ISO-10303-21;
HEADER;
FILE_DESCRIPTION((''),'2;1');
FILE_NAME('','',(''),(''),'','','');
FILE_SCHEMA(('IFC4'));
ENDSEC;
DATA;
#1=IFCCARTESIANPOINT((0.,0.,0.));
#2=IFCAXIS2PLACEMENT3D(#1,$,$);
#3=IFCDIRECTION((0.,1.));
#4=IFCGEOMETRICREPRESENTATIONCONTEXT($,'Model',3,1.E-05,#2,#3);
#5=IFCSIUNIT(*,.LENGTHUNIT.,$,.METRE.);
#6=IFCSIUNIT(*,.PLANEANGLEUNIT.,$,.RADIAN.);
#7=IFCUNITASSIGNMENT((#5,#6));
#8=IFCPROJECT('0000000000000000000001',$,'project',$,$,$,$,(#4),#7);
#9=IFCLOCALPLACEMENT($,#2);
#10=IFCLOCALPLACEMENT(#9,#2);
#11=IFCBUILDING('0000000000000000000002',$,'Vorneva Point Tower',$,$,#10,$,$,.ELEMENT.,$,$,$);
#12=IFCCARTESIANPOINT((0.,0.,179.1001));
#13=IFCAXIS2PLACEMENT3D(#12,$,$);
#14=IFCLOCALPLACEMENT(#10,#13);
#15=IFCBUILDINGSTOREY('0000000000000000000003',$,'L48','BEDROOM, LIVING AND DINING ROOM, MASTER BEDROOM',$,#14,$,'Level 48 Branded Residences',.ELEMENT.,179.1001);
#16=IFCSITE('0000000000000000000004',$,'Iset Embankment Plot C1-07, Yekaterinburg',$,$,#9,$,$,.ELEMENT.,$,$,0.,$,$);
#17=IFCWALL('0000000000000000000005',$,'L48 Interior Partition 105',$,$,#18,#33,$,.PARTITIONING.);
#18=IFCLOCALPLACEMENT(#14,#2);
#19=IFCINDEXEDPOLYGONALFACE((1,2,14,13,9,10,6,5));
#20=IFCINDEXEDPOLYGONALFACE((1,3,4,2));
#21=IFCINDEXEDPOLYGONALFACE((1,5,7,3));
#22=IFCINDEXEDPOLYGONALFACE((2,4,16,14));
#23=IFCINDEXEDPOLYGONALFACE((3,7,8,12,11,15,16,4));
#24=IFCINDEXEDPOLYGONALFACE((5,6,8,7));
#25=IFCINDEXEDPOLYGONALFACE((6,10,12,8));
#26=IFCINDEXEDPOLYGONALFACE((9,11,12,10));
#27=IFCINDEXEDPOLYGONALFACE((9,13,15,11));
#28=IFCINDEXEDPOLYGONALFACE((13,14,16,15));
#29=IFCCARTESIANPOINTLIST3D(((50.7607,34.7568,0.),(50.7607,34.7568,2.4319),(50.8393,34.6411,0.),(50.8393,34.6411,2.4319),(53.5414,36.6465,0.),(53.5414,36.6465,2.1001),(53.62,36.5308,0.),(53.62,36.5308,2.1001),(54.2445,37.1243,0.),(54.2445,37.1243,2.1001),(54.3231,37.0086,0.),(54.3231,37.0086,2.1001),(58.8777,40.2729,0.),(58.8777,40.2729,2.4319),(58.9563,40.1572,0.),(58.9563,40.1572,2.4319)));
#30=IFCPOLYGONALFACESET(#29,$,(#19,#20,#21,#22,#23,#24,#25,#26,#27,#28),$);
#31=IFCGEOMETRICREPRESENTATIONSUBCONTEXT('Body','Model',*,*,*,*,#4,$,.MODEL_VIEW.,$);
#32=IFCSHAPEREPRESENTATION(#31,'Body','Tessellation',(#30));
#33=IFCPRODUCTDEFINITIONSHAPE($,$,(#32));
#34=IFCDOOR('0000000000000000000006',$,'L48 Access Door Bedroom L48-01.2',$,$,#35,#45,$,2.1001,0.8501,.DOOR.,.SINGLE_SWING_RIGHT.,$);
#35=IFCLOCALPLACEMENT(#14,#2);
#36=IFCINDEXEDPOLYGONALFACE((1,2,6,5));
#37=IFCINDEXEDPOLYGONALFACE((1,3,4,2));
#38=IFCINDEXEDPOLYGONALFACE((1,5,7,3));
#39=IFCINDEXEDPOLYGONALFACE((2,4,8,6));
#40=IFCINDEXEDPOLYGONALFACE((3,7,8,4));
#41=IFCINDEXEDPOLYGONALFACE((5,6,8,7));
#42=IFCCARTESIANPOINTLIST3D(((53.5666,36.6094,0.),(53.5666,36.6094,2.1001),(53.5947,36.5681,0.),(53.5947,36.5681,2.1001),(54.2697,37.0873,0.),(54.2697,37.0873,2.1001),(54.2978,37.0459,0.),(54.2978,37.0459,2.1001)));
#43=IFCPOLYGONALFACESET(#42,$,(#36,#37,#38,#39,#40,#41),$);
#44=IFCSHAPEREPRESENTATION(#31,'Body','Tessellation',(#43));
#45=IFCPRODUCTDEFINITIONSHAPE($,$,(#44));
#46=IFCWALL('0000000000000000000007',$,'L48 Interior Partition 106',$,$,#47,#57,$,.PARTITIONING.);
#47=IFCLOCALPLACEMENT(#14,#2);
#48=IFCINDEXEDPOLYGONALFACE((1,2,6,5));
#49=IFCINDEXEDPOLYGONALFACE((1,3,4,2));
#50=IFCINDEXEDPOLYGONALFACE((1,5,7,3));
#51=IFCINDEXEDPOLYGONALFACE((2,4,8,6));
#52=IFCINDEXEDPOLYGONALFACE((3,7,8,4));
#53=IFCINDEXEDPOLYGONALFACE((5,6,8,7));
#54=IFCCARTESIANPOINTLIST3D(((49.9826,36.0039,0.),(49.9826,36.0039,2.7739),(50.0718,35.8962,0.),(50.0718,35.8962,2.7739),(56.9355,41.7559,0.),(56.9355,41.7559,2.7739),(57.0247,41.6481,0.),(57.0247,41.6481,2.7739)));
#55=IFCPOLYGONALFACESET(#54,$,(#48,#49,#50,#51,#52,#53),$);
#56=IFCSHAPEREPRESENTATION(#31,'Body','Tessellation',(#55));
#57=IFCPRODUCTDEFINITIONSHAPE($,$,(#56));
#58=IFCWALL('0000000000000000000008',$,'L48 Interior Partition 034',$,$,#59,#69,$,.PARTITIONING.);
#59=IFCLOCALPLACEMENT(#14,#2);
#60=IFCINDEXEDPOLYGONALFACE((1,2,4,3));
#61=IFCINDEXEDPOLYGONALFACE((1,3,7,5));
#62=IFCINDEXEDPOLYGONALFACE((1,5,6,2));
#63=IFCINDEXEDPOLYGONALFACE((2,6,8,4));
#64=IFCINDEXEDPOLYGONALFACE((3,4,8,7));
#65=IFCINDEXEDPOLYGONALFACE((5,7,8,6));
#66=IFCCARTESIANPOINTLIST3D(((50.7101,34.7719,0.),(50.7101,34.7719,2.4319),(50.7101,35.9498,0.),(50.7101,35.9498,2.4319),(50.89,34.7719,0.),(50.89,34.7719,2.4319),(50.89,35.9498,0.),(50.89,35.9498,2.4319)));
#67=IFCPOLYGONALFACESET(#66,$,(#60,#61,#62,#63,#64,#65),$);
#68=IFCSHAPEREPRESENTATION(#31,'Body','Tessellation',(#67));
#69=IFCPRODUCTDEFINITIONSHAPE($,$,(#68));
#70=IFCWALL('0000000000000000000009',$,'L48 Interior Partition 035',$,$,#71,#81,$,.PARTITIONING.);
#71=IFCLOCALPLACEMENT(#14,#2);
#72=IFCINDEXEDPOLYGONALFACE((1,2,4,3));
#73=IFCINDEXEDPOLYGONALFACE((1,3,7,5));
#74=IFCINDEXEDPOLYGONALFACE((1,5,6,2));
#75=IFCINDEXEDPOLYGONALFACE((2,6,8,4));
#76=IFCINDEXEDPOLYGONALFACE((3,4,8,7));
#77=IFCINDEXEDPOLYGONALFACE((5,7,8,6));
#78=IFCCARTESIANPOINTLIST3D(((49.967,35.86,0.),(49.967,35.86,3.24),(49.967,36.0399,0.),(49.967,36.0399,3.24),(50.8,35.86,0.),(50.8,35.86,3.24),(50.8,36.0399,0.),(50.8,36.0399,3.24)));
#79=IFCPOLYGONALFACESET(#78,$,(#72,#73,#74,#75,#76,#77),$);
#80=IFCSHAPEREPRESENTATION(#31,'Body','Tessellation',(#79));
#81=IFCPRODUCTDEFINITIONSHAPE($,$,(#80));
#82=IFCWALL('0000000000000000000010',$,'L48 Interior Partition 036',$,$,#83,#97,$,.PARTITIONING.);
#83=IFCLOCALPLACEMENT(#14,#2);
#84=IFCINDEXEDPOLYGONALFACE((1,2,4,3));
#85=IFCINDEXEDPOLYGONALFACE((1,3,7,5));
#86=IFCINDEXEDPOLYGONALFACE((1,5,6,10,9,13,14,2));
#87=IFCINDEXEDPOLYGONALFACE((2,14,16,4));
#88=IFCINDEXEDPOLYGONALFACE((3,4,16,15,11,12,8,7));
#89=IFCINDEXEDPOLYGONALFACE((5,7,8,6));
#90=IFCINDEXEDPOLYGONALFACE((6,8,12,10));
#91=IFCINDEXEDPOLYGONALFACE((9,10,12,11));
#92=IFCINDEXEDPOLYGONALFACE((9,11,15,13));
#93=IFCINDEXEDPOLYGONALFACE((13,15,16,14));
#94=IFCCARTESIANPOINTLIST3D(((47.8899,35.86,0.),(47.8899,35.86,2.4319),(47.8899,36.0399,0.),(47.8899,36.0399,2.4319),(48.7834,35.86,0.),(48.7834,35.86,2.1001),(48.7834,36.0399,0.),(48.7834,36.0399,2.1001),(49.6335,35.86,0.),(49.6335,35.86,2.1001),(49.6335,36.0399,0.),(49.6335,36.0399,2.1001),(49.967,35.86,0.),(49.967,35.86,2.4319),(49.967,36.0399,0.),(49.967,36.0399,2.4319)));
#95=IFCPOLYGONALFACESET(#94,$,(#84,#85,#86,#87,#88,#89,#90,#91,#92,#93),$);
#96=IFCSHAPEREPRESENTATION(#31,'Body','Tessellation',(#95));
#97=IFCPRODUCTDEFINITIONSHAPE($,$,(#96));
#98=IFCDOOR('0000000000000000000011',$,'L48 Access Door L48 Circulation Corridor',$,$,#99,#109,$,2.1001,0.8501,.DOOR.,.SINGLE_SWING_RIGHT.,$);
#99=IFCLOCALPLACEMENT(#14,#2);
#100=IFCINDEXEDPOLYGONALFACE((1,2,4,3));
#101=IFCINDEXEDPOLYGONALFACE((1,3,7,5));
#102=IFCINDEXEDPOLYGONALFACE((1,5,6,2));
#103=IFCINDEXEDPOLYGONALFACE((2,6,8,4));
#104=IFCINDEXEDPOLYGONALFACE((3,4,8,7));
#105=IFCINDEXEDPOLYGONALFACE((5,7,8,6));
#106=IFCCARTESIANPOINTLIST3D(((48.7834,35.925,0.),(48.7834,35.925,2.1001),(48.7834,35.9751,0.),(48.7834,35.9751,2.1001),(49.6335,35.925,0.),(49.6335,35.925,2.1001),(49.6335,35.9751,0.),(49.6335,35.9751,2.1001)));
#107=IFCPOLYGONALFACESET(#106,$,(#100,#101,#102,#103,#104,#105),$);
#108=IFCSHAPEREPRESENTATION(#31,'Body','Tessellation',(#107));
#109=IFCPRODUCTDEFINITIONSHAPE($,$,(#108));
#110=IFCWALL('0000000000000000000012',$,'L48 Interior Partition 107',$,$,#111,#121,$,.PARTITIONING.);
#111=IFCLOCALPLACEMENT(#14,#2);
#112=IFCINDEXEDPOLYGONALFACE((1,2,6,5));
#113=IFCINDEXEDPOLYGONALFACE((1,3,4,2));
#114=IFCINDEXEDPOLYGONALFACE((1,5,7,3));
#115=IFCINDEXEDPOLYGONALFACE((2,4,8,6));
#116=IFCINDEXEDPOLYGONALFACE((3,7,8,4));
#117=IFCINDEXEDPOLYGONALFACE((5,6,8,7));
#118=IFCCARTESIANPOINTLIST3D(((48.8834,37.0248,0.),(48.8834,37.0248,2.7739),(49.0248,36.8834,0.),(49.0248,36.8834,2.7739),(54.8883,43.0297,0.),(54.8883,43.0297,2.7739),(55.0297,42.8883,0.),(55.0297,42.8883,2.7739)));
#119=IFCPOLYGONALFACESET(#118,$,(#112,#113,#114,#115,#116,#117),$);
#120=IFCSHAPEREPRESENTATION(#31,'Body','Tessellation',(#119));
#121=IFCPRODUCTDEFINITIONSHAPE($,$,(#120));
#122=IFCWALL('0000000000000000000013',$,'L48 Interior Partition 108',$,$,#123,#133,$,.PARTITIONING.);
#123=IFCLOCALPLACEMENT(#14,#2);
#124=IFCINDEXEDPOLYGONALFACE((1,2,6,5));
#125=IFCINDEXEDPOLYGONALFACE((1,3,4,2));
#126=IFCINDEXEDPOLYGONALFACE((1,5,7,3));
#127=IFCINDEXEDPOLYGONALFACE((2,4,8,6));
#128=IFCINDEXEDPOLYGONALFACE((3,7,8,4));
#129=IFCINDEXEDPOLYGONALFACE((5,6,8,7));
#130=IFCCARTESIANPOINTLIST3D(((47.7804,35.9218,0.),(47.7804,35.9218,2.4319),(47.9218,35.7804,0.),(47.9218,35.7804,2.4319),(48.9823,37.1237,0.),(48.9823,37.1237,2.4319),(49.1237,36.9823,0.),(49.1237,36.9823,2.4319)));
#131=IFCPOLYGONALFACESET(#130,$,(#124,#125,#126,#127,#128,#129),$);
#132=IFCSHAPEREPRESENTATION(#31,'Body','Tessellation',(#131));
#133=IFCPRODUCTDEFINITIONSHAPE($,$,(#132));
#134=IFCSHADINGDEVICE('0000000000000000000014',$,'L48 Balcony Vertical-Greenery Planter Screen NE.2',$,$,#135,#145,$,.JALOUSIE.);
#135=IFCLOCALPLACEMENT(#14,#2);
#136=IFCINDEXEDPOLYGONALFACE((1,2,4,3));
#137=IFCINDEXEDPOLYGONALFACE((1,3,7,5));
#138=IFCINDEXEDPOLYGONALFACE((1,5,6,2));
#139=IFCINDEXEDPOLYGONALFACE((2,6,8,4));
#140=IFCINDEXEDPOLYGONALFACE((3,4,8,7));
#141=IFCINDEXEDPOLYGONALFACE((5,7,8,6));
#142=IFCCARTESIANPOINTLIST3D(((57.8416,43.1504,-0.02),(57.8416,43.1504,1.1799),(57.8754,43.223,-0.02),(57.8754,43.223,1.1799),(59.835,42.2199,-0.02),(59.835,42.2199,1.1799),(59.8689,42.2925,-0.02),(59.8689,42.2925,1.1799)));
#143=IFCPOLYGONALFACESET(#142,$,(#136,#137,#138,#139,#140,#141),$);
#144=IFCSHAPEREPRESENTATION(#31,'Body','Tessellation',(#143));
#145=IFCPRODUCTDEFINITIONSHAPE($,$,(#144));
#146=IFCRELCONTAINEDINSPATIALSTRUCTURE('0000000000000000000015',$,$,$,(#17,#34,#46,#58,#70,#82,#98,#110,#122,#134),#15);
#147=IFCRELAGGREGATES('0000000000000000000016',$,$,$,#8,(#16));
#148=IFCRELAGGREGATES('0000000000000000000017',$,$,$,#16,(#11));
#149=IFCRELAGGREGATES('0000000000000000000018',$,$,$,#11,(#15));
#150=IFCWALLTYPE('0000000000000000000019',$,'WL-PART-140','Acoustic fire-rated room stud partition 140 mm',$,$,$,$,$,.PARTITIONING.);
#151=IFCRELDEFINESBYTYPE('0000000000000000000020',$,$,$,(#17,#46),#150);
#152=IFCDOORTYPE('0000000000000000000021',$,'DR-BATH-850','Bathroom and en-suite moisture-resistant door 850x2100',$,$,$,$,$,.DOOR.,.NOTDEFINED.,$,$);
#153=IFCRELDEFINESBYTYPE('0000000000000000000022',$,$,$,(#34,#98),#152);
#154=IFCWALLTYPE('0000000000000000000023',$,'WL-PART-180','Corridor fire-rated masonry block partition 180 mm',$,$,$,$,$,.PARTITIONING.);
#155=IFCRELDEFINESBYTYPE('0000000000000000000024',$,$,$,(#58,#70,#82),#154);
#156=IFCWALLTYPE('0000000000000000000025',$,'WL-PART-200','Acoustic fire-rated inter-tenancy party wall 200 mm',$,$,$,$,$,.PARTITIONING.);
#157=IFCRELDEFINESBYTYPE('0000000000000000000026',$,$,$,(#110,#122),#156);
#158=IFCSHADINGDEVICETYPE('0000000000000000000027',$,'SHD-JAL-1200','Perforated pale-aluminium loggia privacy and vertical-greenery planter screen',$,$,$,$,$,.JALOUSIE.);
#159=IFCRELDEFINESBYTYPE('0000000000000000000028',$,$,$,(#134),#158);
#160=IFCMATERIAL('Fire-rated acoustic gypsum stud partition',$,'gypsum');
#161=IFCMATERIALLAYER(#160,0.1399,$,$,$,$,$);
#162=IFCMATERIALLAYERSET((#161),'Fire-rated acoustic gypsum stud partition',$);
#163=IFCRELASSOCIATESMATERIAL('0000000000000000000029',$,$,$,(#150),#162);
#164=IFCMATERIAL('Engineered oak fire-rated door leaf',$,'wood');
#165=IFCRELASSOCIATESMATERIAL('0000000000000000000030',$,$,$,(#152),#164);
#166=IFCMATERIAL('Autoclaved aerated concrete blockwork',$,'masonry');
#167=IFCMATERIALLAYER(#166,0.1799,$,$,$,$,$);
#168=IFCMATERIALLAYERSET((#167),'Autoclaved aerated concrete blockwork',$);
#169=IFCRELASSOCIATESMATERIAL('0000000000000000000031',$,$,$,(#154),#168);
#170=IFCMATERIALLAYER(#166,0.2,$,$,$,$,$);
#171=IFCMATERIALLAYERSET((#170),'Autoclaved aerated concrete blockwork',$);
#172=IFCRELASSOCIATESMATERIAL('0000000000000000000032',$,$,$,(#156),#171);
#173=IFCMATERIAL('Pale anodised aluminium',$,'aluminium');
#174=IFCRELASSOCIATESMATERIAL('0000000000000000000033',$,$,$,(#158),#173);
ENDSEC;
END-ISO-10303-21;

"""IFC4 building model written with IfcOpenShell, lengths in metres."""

from ifc_helpers import new_model, si_unit, direction, frame, frame_2d, origin, origin_2d, place, context, subcontext, project, spatial, rectangle, extrude, material, layer, layer_set, type_object, element, fill, save


model = new_model("IFC4")

# Units and contexts
model_context = context("Model", 3, precision=1e-05, world=origin(), true_north=direction((0.0, 1.0)))
body_context = subcontext(model_context, "Body", "Model", "MODEL_VIEW")
ifc_project = project(units=[si_unit("LENGTHUNIT", "METRE"), si_unit("PLANEANGLEUNIT", "RADIAN")], contexts=[model_context])

# Site, building, storey
site_placement = place(None, origin())
site = spatial("IfcSite", under=ifc_project, at=site_placement, Name="Iset Embankment Plot C1-07, Yekaterinburg", CompositionType="ELEMENT", RefElevation=0.0)
building_placement = place(site_placement, origin())
building = spatial("IfcBuilding", under=site, at=building_placement, Name="Vorneva Point Tower", CompositionType="ELEMENT")
storey_placement = place(building_placement, frame((0.0, 0.0, 179.1001)))
storey = spatial("IfcBuildingStorey", under=building, at=storey_placement, Name="L48", Description="BEDROOM, LIVING AND DINING ROOM, MASTER BEDROOM", LongName="Level 48 Branded Residences", CompositionType="ELEMENT", Elevation=179.1001)

# Shared definitions
ifc_material_1 = material(Name="Pale anodised aluminium", Category="aluminium")

# Shared definitions
ifc_material_2 = material(Name="Fire-rated acoustic gypsum stud partition", Category="gypsum")

# Shared definitions
ifc_layer_1 = layer(ifc_material_2, 0.1399)
ifc_layer_set_1 = layer_set([ifc_layer_1], Name="Fire-rated acoustic gypsum stud partition")
wall_type_1 = type_object("IfcWallType", Name="WL-PART-140", Description="Acoustic fire-rated room stud partition 140 mm", PredefinedType="PARTITIONING", material=ifc_layer_set_1)
ifc_material_3 = material(Name="Engineered oak fire-rated door leaf", Category="wood")

# Wall, opening, door
wall_1_placement = place(storey_placement, frame((58.917, 40.2151, 0.0), z_axis=(0.0, 0.0, 1.0), x_axis=(-0.827088, -0.562073, 0.0)))
wall_1 = element("IfcWall", 1, at=wall_1_placement, inside=storey, type_object=wall_type_1, Name="L48 Interior Partition 105", PredefinedType="PARTITIONING", context=body_context, shape_type="SweptSolid", body=[
    extrude(rectangle(XDim=9.814, YDim=0.1399, at=frame_2d((4.907, 0.0))), origin(), (0.0, 0.0, 1.0), 2.4319),
])
opening_1_placement = place(wall_1_placement, frame((5.6018, 0.0, 0.0)))
opening_1 = element("IfcOpeningElement", 2, at=opening_1_placement, cuts=wall_1, PredefinedType="OPENING", context=body_context, shape_type="SweptSolid", body=[
    extrude(rectangle(XDim=0.8501, YDim=2.1001, at=frame_2d((0.425, 1.05))), frame((0.0, 0.085, 0.0), z_axis=(0.0, -1.0, 0.0), x_axis=(1.0, 0.0, 0.0)), (0.0, 0.0, 1.0), 0.1697),
])
door_type_1 = type_object("IfcDoorType", Name="DR-BATH-850", Description="Bathroom and en-suite moisture-resistant door 850x2100", OperationType="NOTDEFINED", PredefinedType="DOOR", material=ifc_material_3)
door_1_placement = place(opening_1_placement, origin())
door_1 = element("IfcDoor", 3, at=door_1_placement, inside=storey, type_object=door_type_1, Name="L48 Access Door Bedroom L48-01.2", OperationType="SINGLE_SWING_RIGHT", OverallHeight=2.1001, OverallWidth=0.8501, PredefinedType="DOOR", context=body_context, shape_type="SweptSolid", body=[
    extrude(rectangle(XDim=0.8501, YDim=2.1001, at=frame_2d((0.425, 1.05))), frame((0.0, 0.0249, 0.0), z_axis=(0.0, -1.0, 0.0), x_axis=(1.0, 0.0, 0.0)), (0.0, 0.0, 1.0), 0.05),
])
fill(opening_1, door_1)

# Walls
wall_2_placement = place(storey_placement, frame((56.98, 41.7019, 0.0), z_axis=(0.0, 0.0, 1.0), x_axis=(-0.770512, -0.637426, 0.0)))
element("IfcWall", 4, at=wall_2_placement, inside=storey, type_object=wall_type_1, Name="L48 Interior Partition 106", PredefinedType="PARTITIONING", context=body_context, shape_type="SweptSolid", body=[
    extrude(rectangle(XDim=9.0237, YDim=0.1399, at=frame_2d((4.5117, 0.0))), origin(), (0.0, 0.0, 1.0), 2.7739),
])
ifc_material_4 = material(Name="Autoclaved aerated concrete blockwork", Category="masonry")
ifc_layer_2 = layer(ifc_material_4, 0.1799)
ifc_layer_set_2 = layer_set([ifc_layer_2], Name="Autoclaved aerated concrete blockwork")
wall_type_2 = type_object("IfcWallType", Name="WL-PART-180", Description="Corridor fire-rated masonry block partition 180 mm", PredefinedType="PARTITIONING", material=ifc_layer_set_2)
wall_3_placement = place(storey_placement, frame((50.8, 34.772, 0.0), z_axis=(0.0, 0.0, 1.0), x_axis=(0.0, 1.0, 0.0)))
element("IfcWall", 5, at=wall_3_placement, inside=storey, type_object=wall_type_2, Name="L48 Interior Partition 034", PredefinedType="PARTITIONING", context=body_context, shape_type="SweptSolid", body=[
    extrude(rectangle(XDim=1.178, YDim=0.1799, at=frame_2d((0.5889, 0.0))), origin(), (0.0, 0.0, 1.0), 2.4319),
])
wall_4_placement = place(storey_placement, frame((50.8, 35.95, 0.0), z_axis=(0.0, 0.0, 1.0), x_axis=(-1.0, 0.0, 0.0)))
element("IfcWall", 6, at=wall_4_placement, inside=storey, type_object=wall_type_2, Name="L48 Interior Partition 035", PredefinedType="PARTITIONING", context=body_context, shape_type="SweptSolid", body=[
    extrude(rectangle(XDim=0.833, YDim=0.1799, at=frame_2d((0.4165, 0.0))), origin(), (0.0, 0.0, 1.0), 3.24),
])

# Wall, opening, door
wall_5_placement = place(storey_placement, frame((49.967, 35.95, 0.0), z_axis=(0.0, 0.0, 1.0), x_axis=(-1.0, 0.0, 0.0)))
wall_5 = element("IfcWall", 7, at=wall_5_placement, inside=storey, type_object=wall_type_2, Name="L48 Interior Partition 036", PredefinedType="PARTITIONING", context=body_context, shape_type="SweptSolid", body=[
    extrude(rectangle(XDim=2.0771, YDim=0.1799, at=frame_2d((1.0386, 0.0))), origin(), (0.0, 0.0, 1.0), 2.4319),
])
opening_2_placement = place(wall_5_placement, frame((0.3335, 0.0, 0.0)))
opening_2 = element("IfcOpeningElement", 8, at=opening_2_placement, cuts=wall_5, PredefinedType="OPENING", context=body_context, shape_type="SweptSolid", body=[
    extrude(rectangle(XDim=0.8501, YDim=2.1001, at=frame_2d((0.425, 1.05))), frame((0.0, 0.105, 0.0), z_axis=(0.0, -1.0, 0.0), x_axis=(1.0, 0.0, 0.0)), (0.0, 0.0, 1.0), 0.2097),
])
door_2_placement = place(opening_2_placement, origin())
door_2 = element("IfcDoor", 9, at=door_2_placement, inside=storey, type_object=door_type_1, Name="L48 Access Door L48 Circulation Corridor", OperationType="SINGLE_SWING_RIGHT", OverallHeight=2.1001, OverallWidth=0.8501, PredefinedType="DOOR", context=body_context, shape_type="SweptSolid", body=[
    extrude(rectangle(XDim=0.8501, YDim=2.1001, at=frame_2d((0.425, 1.05))), frame((0.0, 0.0249, 0.0), z_axis=(0.0, -1.0, 0.0), x_axis=(1.0, 0.0, 0.0)), (0.0, 0.0, 1.0), 0.05),
])
fill(opening_2, door_2)

# Walls
ifc_layer_3 = layer(ifc_material_4, 0.2)
ifc_layer_set_3 = layer_set([ifc_layer_3], Name="Autoclaved aerated concrete blockwork")
wall_type_3 = type_object("IfcWallType", Name="WL-PART-200", Description="Acoustic fire-rated inter-tenancy party wall 200 mm", PredefinedType="PARTITIONING", material=ifc_layer_set_3)
wall_6_placement = place(storey_placement, frame((54.959, 42.959, 0.0), z_axis=(0.0, 0.0, 1.0), x_axis=(-0.707107, -0.707107, 0.0)))
element("IfcWall", 10, at=wall_6_placement, inside=storey, type_object=wall_type_3, Name="L48 Interior Partition 107", PredefinedType="PARTITIONING", context=body_context, shape_type="SweptSolid", body=[
    extrude(rectangle(XDim=8.4922, YDim=0.2, at=frame_2d((4.2461, 0.0))), origin(), (0.0, 0.0, 1.0), 2.7739),
])
wall_7_placement = place(storey_placement, frame((49.053, 37.053, 0.0), z_axis=(0.0, 0.0, 1.0), x_axis=(-0.707107, -0.707107, 0.0)))
element("IfcWall", 11, at=wall_7_placement, inside=storey, type_object=wall_type_3, Name="L48 Interior Partition 108", PredefinedType="PARTITIONING", context=body_context, shape_type="SweptSolid", body=[
    extrude(rectangle(XDim=1.6997, YDim=0.2, at=frame_2d((0.8499, 0.0))), origin(), (0.0, 0.0, 1.0), 2.4319),
])

# Shading device
shading_device_type = type_object("IfcShadingDeviceType", Name="SHD-JAL-1200", Description="Perforated pale-aluminium loggia privacy and vertical-greenery planter screen", PredefinedType="JALOUSIE", material=ifc_material_1)
shading_device_placement = place(storey_placement, frame((58.8552, 42.7214, -0.02), z_axis=(0.0, 0.0, 1.0), x_axis=(-0.906145, 0.422966, 0.0)))
element("IfcShadingDevice", 12, at=shading_device_placement, inside=storey, type_object=shading_device_type, Name="L48 Balcony Vertical-Greenery Planter Screen NE.2", PredefinedType="JALOUSIE", context=body_context, shape_type="SweptSolid", body=[
    extrude(rectangle(XDim=2.2, YDim=0.0801, at=origin_2d()), origin(), (0.0, 0.0, 1.0), 1.2),
])

save(model, "model.ifc")
